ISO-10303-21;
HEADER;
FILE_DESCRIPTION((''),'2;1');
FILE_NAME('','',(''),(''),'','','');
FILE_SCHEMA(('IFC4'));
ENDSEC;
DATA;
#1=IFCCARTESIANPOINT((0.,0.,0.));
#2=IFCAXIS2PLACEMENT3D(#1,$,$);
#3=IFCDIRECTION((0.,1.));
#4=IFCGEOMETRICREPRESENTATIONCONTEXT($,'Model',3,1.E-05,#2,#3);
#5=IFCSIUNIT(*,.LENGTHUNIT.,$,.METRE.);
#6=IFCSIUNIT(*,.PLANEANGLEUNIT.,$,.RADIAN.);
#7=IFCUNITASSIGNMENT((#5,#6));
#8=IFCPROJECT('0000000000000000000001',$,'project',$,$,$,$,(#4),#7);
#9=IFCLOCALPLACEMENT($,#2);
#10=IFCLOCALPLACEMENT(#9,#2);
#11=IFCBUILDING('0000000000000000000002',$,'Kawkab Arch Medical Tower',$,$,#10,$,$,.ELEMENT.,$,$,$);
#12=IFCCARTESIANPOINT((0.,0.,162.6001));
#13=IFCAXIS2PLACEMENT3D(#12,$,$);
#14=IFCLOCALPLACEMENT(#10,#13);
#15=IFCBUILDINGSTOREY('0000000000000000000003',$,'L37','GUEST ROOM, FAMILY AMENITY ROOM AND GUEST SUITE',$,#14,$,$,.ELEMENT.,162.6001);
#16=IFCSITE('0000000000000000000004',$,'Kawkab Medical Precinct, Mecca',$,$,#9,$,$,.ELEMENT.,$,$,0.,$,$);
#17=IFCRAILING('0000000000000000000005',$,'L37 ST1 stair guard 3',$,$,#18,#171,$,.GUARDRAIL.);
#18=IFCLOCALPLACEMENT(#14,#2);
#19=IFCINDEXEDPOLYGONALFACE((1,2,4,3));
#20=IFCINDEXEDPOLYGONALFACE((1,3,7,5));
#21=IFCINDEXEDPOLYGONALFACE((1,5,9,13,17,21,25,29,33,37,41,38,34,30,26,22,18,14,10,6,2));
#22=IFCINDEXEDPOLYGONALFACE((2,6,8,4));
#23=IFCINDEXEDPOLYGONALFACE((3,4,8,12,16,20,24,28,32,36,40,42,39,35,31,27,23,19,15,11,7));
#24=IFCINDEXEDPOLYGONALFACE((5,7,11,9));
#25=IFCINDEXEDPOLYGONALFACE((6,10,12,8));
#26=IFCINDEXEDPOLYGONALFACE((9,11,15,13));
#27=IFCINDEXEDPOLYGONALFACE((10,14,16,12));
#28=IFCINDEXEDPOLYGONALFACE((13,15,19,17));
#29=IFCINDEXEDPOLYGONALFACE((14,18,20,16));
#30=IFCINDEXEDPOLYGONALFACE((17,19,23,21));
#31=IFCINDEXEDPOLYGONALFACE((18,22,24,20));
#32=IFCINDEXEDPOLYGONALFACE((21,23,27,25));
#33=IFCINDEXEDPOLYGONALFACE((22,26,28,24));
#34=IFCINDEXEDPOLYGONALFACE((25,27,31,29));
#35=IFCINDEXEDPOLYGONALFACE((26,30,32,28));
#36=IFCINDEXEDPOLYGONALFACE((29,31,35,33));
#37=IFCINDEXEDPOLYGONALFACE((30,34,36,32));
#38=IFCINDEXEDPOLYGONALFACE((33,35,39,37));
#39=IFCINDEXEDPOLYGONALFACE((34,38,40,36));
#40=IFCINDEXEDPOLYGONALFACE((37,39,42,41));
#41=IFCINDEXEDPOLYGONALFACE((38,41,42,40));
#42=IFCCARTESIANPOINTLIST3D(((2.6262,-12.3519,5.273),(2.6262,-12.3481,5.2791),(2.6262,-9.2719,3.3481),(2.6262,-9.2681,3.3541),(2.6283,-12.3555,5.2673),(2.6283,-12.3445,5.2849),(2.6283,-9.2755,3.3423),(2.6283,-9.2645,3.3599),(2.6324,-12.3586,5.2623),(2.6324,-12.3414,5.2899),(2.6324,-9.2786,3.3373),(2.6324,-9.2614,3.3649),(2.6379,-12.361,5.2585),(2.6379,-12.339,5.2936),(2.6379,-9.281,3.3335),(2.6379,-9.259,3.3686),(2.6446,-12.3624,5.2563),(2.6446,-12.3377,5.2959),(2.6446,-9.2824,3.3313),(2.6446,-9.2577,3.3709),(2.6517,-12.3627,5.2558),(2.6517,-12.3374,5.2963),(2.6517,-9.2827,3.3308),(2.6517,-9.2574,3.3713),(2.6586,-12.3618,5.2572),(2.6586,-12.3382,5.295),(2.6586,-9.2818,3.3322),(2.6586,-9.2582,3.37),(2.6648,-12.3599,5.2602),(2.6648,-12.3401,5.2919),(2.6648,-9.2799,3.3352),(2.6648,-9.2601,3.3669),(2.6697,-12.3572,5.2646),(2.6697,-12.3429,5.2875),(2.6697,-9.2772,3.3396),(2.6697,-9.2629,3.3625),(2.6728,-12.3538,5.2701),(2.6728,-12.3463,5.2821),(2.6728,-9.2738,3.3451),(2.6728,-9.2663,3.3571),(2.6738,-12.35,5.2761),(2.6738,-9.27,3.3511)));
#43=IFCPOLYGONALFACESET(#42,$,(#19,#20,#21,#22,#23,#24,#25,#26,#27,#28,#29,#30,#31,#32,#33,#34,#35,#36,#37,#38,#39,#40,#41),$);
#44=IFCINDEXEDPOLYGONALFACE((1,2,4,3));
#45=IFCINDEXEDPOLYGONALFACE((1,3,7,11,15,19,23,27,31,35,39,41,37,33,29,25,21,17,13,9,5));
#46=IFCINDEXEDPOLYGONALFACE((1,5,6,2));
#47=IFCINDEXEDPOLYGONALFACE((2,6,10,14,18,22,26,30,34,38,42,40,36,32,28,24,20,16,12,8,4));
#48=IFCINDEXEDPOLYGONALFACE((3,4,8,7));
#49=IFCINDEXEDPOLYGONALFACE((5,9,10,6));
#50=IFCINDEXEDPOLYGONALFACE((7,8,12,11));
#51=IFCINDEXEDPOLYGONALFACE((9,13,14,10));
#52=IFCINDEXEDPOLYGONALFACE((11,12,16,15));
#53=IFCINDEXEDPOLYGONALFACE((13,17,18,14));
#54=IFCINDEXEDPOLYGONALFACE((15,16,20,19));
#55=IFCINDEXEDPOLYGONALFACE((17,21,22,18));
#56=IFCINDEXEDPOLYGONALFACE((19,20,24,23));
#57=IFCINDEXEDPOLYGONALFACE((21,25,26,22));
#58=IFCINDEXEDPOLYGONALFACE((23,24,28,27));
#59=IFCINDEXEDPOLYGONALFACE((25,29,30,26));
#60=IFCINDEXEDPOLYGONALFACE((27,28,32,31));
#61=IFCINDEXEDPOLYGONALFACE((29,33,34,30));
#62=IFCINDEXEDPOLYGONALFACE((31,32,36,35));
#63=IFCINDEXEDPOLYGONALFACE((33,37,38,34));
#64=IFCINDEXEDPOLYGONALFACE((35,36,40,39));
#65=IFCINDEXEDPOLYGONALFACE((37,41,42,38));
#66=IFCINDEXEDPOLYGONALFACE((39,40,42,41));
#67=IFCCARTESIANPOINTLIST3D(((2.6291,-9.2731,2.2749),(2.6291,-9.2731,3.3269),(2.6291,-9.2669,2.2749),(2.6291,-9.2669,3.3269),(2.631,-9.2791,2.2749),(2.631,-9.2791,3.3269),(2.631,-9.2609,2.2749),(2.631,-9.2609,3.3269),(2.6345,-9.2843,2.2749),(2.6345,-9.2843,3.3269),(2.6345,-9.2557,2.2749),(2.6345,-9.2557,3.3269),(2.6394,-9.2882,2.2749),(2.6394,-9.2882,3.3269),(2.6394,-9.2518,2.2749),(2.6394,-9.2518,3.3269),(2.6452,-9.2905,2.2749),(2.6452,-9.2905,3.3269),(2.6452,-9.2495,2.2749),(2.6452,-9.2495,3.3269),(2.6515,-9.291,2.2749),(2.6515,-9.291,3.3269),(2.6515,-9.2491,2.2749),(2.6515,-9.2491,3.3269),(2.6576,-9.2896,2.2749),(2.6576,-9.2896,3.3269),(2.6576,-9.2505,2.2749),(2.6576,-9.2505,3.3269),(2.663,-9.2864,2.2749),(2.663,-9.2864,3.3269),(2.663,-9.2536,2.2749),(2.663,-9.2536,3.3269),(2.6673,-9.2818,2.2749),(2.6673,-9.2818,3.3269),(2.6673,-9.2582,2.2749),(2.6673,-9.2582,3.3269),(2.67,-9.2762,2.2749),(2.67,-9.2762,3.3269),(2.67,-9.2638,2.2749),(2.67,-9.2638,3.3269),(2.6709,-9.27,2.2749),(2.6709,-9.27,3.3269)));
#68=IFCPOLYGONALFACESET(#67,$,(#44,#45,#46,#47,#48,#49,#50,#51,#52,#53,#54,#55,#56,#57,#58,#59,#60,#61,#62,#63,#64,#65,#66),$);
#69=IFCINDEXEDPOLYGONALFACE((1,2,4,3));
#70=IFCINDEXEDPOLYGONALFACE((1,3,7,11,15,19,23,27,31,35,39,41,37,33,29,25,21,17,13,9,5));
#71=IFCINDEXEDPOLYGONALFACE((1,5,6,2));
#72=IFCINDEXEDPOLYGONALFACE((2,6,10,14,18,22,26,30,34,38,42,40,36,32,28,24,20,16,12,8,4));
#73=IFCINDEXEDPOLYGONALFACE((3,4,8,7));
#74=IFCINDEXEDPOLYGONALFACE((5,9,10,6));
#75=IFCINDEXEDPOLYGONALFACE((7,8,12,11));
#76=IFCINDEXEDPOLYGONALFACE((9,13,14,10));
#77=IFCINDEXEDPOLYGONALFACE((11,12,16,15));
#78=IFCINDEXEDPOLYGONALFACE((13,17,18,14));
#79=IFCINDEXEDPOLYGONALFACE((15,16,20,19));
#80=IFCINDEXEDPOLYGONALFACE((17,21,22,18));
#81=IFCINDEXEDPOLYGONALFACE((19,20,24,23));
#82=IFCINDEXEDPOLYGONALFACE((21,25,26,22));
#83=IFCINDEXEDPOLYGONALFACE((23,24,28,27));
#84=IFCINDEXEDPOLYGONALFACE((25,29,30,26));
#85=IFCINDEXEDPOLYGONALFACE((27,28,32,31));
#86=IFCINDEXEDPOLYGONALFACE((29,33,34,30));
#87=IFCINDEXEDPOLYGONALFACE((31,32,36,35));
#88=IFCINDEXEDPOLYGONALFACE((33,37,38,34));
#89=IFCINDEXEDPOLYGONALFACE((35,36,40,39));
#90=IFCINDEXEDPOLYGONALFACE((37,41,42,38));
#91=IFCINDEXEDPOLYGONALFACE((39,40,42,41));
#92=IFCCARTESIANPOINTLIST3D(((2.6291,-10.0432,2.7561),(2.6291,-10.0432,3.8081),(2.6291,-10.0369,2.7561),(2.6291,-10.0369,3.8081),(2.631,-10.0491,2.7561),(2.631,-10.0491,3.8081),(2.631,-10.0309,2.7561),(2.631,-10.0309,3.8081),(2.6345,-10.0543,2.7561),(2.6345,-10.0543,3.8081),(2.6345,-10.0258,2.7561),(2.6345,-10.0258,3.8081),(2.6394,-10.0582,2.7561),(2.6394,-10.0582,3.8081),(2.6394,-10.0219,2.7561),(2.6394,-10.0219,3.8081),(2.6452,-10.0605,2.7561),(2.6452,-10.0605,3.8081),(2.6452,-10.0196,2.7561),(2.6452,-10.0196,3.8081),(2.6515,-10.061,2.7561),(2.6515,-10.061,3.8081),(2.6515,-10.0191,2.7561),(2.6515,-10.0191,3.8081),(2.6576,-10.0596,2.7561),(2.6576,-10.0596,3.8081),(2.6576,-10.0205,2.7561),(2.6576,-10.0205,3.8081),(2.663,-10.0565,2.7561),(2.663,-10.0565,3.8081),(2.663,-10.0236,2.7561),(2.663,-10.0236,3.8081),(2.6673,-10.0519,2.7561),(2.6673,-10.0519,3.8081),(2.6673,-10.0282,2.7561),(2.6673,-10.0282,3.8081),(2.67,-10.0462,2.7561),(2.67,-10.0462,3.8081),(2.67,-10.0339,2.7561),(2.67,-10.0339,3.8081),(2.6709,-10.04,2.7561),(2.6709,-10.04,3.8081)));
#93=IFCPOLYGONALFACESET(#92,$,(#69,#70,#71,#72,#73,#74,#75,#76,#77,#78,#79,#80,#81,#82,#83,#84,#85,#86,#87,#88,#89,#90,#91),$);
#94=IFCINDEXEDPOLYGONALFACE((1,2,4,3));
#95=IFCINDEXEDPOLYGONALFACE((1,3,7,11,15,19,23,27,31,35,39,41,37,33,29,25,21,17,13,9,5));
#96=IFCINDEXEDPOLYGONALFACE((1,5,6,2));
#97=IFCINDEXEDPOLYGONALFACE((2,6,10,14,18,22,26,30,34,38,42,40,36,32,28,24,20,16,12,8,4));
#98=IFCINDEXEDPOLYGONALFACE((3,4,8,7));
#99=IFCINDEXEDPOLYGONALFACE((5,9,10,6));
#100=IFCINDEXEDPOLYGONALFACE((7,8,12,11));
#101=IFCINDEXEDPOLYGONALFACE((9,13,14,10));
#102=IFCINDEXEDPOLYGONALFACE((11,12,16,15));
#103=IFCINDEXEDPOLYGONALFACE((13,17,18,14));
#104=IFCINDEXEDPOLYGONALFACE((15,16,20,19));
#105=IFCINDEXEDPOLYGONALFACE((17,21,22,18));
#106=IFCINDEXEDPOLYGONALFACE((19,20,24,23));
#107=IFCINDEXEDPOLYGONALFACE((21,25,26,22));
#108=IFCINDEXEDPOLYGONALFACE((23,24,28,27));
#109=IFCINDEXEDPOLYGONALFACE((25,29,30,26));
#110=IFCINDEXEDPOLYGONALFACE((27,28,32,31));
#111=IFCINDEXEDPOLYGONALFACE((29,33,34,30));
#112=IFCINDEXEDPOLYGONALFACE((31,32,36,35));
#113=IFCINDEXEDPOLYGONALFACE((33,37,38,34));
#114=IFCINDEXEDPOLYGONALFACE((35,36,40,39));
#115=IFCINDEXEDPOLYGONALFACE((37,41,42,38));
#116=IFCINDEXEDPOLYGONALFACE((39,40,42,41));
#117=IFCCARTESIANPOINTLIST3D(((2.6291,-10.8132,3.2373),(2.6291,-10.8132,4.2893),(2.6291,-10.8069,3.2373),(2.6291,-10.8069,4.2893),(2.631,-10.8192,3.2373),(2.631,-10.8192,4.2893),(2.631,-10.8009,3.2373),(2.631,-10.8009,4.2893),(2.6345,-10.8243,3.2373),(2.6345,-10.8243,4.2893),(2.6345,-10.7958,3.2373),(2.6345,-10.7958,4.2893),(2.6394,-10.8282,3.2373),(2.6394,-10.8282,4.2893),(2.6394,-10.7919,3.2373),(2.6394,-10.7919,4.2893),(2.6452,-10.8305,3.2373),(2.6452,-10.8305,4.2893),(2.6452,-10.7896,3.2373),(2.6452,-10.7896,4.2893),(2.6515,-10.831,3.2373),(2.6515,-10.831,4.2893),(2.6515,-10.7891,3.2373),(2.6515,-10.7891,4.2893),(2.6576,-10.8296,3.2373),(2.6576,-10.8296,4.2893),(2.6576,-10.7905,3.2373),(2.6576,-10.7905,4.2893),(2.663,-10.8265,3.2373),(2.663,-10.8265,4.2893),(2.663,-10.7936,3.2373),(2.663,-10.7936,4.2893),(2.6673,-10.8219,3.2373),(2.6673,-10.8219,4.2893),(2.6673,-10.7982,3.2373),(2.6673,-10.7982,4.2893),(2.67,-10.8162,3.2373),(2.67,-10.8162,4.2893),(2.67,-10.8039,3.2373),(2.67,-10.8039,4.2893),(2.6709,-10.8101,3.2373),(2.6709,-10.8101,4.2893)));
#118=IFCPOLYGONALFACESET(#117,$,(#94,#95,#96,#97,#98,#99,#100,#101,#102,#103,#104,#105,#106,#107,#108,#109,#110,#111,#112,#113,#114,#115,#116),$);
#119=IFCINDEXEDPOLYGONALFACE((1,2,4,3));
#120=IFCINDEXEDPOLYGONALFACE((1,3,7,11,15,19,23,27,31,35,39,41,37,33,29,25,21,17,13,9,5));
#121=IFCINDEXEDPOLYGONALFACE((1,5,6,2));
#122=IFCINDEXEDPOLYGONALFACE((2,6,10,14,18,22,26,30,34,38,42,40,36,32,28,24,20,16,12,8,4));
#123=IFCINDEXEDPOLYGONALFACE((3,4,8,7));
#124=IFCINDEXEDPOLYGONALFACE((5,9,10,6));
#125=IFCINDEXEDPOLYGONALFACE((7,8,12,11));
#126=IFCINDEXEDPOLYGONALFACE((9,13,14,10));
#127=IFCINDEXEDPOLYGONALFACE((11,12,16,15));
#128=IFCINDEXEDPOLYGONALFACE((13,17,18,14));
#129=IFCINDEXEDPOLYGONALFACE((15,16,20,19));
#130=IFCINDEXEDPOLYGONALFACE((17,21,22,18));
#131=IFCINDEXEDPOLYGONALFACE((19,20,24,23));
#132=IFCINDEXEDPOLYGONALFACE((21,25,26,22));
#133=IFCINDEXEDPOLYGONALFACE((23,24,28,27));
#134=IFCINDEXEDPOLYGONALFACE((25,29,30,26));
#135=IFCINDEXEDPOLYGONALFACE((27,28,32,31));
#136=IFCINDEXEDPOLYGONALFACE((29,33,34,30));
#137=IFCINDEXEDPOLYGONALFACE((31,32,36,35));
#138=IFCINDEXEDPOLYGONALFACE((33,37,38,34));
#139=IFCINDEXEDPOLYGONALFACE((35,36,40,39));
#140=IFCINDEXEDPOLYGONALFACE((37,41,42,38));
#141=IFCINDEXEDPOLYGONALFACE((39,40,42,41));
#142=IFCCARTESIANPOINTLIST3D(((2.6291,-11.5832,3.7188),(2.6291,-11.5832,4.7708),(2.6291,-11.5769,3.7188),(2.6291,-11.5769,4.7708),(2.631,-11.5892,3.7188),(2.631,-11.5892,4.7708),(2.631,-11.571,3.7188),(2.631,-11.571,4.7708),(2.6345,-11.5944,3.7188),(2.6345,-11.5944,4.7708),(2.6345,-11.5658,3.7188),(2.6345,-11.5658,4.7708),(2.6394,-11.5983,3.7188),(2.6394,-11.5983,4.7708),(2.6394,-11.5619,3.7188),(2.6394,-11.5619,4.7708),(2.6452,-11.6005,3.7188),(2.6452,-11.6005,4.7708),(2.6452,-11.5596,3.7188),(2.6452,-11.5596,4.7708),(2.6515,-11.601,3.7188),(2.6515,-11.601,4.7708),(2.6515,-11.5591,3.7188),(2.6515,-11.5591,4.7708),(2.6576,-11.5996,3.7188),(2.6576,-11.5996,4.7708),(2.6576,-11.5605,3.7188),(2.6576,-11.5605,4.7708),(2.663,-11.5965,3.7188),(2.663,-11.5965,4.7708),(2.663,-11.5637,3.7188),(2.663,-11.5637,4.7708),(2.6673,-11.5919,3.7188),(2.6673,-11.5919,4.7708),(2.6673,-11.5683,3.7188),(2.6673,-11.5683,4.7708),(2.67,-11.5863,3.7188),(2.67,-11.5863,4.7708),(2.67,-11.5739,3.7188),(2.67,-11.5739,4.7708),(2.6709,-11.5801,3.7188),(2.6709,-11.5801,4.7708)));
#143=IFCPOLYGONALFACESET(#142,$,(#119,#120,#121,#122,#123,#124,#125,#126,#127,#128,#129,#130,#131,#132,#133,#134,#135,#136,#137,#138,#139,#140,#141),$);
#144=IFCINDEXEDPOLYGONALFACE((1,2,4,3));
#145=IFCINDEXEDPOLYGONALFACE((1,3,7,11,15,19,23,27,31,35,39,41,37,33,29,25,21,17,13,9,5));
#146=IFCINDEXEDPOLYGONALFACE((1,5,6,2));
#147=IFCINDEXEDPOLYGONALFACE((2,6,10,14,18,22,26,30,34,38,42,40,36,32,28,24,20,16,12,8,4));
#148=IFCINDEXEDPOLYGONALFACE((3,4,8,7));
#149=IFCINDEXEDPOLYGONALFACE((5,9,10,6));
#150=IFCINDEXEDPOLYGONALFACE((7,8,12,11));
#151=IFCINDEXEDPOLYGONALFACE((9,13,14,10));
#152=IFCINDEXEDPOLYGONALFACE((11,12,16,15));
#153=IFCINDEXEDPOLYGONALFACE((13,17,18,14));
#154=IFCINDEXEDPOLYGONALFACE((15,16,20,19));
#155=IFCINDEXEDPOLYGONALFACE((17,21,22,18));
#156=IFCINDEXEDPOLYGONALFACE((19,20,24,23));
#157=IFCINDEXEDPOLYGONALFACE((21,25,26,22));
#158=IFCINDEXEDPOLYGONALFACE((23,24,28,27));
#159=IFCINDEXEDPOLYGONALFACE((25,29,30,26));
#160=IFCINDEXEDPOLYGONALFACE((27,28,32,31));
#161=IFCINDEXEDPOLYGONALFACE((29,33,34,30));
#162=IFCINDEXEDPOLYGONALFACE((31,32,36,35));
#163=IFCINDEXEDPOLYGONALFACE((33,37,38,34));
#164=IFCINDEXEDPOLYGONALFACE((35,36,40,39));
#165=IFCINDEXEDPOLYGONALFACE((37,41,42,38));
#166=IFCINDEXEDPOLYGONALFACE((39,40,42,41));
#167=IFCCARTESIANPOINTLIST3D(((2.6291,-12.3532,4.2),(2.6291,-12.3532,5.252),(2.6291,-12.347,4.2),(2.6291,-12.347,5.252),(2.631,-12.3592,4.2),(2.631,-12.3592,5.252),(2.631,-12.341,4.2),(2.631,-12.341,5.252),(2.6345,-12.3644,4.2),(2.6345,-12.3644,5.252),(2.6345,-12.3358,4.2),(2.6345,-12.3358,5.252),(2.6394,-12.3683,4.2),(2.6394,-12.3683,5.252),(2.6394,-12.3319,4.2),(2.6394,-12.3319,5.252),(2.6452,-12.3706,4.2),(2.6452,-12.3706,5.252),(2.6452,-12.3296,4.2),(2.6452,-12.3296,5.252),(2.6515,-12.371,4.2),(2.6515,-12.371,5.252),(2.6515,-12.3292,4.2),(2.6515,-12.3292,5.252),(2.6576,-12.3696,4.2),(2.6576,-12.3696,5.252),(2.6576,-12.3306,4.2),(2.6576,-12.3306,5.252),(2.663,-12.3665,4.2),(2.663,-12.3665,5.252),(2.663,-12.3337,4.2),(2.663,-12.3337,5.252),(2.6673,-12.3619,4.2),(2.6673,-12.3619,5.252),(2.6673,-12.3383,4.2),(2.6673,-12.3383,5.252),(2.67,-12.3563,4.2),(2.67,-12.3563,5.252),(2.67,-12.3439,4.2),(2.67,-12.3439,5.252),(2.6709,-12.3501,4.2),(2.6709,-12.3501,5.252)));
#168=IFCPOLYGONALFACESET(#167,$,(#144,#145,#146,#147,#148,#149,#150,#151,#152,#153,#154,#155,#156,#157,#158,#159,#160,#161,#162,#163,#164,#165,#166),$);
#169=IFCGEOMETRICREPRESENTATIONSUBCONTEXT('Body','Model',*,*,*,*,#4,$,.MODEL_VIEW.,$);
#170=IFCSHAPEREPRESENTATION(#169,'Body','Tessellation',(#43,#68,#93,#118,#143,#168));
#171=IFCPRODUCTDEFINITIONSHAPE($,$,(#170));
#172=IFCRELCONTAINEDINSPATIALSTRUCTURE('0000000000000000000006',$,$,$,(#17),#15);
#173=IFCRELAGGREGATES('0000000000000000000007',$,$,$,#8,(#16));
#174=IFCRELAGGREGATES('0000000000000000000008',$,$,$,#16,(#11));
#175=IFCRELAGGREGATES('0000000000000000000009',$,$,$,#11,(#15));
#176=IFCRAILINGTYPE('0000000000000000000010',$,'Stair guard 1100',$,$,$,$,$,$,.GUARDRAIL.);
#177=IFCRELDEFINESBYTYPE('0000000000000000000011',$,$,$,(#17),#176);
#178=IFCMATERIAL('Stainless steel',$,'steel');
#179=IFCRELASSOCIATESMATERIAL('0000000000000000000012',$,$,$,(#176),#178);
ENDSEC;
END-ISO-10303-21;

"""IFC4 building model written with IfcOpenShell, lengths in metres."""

from ifc_helpers import new_model, si_unit, direction, frame, origin, origin_2d, place, context, subcontext, project, spatial, circle, extrude, material, type_object, element, save


model = new_model("IFC4")

# Units and contexts
model_context = context("Model", 3, precision=1e-05, world=origin(), true_north=direction((0.0, 1.0)))
body_context = subcontext(model_context, "Body", "Model", "MODEL_VIEW")
ifc_project = project(units=[si_unit("LENGTHUNIT", "METRE"), si_unit("PLANEANGLEUNIT", "RADIAN")], contexts=[model_context])

# Site, building, storey
site_placement = place(None, origin())
site = spatial("IfcSite", under=ifc_project, at=site_placement, Name="Kawkab Medical Precinct, Mecca", CompositionType="ELEMENT", RefElevation=0.0)
building_placement = place(site_placement, origin())
building = spatial("IfcBuilding", under=site, at=building_placement, Name="Kawkab Arch Medical Tower", CompositionType="ELEMENT")
storey_placement = place(building_placement, frame((0.0, 0.0, 162.6001)))
storey = spatial("IfcBuildingStorey", under=building, at=storey_placement, Name="L37", Description="GUEST ROOM, FAMILY AMENITY ROOM AND GUEST SUITE", CompositionType="ELEMENT", Elevation=162.6001)

# Railing
ifc_material_1 = material(Name="Stainless steel", Category="steel")
railing_type_1 = type_object("IfcRailingType", Name="Stair guard 1100", PredefinedType="GUARDRAIL", material=ifc_material_1)
railing_1_placement = place(storey_placement, frame((2.6499, -9.27, 2.2749)))
element("IfcRailing", 1, at=railing_1_placement, inside=storey, type_object=railing_type_1, Name="L37 ST1 stair guard 3", PredefinedType="GUARDRAIL", context=body_context, shape_type="SweptSolid", body=[
    extrude(circle(Radius=0.0239, at=origin_2d()), frame((0.0, 0.0, 1.0762), z_axis=(0.0, -0.847998, 0.529999), x_axis=(1.0, 0.0, 0.0)), (0.0, 0.0, 1.0), 3.6321),
    extrude(circle(Radius=0.021, at=origin_2d()), origin(), (0.0, 0.0, 1.0), 1.052),
    extrude(circle(Radius=0.021, at=origin_2d()), frame((0.0, -0.77, 0.4812)), (0.0, 0.0, 1.0), 1.052),
    extrude(circle(Radius=0.021, at=origin_2d()), frame((0.0, -1.54, 0.9624)), (0.0, 0.0, 1.0), 1.052),
    extrude(circle(Radius=0.021, at=origin_2d()), frame((0.0, -2.3101, 1.4438)), (0.0, 0.0, 1.0), 1.052),
    extrude(circle(Radius=0.021, at=origin_2d()), frame((0.0, -3.0801, 1.925)), (0.0, 0.0, 1.0), 1.052),
])

save(model, "model.ifc")
